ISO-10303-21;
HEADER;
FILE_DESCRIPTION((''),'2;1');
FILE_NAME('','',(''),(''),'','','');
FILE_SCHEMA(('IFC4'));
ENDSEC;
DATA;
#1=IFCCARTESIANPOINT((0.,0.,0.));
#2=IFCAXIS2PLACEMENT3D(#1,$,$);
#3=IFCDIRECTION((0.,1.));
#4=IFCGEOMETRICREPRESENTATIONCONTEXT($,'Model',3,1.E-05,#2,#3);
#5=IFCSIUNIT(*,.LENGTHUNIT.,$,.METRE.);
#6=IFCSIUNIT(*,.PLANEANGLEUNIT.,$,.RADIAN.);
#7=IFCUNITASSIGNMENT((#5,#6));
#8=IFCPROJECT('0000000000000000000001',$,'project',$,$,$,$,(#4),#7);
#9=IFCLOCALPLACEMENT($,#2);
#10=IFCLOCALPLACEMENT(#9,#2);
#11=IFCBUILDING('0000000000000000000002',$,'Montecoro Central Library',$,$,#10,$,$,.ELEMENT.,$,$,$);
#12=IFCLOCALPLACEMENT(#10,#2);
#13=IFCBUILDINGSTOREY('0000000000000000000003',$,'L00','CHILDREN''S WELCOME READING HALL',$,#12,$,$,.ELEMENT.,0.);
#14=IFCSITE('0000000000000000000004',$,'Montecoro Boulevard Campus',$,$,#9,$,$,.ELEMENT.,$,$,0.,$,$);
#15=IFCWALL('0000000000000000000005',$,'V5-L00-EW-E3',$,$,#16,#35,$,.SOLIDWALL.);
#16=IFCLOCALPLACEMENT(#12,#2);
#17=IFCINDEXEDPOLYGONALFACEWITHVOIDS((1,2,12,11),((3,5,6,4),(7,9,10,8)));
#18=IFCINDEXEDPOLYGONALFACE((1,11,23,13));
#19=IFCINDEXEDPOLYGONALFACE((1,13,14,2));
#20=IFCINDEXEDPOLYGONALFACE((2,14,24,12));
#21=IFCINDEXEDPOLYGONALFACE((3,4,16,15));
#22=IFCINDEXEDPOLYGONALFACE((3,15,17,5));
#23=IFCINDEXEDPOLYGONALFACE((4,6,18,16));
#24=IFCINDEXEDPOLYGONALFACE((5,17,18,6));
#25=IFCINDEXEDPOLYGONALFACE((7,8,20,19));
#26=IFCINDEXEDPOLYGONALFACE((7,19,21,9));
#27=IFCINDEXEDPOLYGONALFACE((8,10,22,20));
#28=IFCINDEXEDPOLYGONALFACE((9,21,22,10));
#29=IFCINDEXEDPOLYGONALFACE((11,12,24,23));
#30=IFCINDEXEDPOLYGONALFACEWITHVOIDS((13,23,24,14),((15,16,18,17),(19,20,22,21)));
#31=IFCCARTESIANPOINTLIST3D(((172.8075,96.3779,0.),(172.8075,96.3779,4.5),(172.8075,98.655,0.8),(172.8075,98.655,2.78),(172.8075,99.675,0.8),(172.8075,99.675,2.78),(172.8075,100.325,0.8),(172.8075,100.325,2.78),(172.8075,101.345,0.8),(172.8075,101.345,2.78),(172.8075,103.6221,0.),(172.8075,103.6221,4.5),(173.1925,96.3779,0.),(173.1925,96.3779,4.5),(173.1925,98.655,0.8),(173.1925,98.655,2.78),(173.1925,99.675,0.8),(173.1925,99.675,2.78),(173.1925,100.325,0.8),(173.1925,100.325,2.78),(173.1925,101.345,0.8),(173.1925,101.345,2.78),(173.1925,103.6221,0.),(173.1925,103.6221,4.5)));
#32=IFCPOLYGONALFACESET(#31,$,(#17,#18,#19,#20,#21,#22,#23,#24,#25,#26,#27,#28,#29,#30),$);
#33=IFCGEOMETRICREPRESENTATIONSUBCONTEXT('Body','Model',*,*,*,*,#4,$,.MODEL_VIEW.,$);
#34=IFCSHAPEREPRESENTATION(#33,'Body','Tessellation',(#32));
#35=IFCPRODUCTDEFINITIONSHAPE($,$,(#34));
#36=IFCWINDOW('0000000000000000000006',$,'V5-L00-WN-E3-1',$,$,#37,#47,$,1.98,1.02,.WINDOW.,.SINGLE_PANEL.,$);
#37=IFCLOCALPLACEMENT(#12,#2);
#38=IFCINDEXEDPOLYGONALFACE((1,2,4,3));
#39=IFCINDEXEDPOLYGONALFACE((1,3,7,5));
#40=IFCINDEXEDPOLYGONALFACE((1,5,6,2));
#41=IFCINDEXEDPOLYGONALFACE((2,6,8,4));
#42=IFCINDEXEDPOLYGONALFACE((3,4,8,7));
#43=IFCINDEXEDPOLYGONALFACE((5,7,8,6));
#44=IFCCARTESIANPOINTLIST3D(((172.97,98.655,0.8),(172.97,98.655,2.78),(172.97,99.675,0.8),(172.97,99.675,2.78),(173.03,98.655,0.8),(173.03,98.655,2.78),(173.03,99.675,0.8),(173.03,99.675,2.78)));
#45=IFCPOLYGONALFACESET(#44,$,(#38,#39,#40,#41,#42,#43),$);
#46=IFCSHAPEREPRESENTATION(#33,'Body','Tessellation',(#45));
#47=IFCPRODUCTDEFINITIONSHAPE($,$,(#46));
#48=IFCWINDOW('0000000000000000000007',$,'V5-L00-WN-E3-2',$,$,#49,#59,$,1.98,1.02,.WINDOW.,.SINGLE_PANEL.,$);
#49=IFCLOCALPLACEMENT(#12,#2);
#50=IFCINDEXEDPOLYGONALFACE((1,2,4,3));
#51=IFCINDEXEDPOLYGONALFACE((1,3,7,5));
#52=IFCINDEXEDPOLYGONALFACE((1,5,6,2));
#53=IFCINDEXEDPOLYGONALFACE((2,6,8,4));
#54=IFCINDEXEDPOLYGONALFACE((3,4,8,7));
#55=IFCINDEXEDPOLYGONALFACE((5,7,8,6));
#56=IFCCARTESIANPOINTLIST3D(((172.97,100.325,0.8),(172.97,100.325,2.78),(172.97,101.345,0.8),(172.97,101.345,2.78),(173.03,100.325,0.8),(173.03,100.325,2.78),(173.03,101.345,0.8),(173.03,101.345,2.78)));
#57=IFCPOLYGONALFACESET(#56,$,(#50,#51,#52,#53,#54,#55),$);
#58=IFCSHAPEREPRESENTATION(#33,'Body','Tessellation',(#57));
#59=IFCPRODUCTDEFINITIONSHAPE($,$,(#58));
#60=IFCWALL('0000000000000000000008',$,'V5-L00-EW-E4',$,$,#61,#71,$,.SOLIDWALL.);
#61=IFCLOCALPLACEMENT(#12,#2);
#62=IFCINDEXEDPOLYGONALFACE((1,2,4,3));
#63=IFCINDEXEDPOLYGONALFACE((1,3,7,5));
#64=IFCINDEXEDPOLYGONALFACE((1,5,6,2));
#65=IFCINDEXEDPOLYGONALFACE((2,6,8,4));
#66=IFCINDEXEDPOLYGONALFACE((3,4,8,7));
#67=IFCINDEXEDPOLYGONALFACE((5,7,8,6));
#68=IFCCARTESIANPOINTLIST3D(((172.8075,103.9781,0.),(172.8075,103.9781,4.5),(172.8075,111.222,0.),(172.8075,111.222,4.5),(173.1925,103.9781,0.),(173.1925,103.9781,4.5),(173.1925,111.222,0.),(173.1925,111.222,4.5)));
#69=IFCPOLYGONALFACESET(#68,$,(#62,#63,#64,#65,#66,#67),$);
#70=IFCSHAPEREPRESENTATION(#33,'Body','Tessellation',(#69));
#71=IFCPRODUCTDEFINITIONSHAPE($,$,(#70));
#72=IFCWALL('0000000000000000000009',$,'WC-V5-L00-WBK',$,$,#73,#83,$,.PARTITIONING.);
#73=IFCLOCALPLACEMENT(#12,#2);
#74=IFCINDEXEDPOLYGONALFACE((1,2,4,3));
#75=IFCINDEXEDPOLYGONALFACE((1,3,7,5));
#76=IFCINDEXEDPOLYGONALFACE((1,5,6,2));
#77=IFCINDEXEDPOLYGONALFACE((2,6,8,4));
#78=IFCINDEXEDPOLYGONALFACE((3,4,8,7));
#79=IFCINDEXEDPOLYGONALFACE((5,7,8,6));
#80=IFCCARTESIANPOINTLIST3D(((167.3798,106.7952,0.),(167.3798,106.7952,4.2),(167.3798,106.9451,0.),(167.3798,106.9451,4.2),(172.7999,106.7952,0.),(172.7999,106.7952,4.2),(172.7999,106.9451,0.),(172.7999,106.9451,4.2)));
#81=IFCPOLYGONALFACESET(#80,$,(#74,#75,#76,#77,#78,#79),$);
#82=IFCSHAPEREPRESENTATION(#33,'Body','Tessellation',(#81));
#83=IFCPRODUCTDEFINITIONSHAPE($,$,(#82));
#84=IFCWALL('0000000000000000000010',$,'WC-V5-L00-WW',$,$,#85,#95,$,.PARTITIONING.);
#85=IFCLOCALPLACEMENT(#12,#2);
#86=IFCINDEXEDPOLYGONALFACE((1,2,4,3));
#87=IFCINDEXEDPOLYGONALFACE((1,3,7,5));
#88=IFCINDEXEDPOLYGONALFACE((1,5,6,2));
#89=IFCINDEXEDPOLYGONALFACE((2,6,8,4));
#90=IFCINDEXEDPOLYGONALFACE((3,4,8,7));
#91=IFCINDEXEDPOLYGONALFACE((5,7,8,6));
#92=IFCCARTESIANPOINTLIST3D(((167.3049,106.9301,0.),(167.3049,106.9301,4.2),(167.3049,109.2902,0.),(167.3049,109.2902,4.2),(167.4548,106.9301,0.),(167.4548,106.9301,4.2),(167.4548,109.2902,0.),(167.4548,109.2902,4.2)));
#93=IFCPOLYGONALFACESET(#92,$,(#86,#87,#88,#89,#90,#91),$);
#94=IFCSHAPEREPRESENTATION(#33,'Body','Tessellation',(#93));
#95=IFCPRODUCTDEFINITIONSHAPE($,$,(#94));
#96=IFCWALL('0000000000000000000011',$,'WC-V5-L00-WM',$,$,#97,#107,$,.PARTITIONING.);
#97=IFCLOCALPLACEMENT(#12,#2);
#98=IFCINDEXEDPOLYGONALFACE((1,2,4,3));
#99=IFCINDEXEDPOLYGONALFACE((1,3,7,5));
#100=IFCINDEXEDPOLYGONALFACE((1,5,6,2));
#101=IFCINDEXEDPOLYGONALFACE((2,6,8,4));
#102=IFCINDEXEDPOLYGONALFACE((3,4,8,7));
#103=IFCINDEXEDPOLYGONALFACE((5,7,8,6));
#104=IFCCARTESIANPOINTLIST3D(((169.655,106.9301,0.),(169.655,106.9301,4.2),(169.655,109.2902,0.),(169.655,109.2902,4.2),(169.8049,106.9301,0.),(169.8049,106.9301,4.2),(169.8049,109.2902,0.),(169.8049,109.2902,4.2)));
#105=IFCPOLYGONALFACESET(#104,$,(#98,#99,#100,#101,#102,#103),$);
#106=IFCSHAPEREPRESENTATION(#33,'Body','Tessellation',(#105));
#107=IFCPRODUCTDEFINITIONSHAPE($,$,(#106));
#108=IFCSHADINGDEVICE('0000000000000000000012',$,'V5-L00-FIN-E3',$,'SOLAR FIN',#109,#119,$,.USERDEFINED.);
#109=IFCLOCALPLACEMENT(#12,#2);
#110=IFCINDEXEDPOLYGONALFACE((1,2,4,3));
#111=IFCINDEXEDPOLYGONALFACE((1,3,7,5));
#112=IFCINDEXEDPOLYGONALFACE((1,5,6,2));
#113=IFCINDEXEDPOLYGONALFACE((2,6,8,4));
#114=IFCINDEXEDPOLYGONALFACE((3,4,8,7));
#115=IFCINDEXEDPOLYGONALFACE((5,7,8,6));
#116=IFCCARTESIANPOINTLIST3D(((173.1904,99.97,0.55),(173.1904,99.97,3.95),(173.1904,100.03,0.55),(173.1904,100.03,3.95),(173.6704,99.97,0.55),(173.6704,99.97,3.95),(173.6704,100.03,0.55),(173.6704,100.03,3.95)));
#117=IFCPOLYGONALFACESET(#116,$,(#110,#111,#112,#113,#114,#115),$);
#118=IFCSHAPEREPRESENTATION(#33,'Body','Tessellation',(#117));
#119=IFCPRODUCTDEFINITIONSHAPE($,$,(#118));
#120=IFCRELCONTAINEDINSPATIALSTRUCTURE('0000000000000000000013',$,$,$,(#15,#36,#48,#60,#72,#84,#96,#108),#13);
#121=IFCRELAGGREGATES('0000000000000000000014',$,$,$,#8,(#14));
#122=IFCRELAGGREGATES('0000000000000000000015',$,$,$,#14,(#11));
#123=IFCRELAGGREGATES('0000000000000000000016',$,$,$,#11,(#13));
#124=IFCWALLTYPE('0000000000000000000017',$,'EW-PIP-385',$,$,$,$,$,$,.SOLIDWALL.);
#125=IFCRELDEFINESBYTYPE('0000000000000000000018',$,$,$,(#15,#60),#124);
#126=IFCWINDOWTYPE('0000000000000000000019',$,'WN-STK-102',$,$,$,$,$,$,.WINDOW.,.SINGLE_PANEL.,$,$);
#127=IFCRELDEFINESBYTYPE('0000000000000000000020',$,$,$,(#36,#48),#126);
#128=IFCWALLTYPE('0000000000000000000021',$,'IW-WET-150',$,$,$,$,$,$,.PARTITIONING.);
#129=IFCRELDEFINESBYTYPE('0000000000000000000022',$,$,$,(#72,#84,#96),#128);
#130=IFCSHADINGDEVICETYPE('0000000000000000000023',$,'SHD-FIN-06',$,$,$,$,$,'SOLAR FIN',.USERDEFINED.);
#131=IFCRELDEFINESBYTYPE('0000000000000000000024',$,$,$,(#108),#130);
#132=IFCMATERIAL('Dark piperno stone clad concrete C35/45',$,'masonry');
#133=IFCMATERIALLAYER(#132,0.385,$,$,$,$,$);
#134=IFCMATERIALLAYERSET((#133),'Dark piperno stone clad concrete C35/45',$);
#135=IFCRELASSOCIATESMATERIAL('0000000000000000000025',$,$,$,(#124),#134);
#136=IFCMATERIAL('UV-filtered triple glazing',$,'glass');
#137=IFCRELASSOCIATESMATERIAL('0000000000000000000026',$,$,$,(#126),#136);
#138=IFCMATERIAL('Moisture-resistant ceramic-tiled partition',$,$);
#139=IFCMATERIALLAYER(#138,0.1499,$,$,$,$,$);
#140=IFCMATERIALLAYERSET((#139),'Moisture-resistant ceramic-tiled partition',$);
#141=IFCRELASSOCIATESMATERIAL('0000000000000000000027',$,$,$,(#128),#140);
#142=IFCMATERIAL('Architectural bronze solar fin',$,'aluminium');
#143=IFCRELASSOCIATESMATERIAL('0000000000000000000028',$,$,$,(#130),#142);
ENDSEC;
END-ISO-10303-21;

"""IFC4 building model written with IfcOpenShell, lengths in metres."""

from ifc_helpers import new_model, si_unit, direction, frame, frame_2d, origin, origin_2d, place, context, subcontext, project, spatial, rectangle, extrude, material, layer, layer_set, type_object, element, fill, save


model = new_model("IFC4")

# Units and contexts
model_context = context("Model", 3, precision=1e-05, world=origin(), true_north=direction((0.0, 1.0)))
body_context = subcontext(model_context, "Body", "Model", "MODEL_VIEW")
ifc_project = project(units=[si_unit("LENGTHUNIT", "METRE"), si_unit("PLANEANGLEUNIT", "RADIAN")], contexts=[model_context])

# Site, building, storey
site_placement = place(None, origin())
site = spatial("IfcSite", under=ifc_project, at=site_placement, Name="Montecoro Boulevard Campus", CompositionType="ELEMENT", RefElevation=0.0)
building_placement = place(site_placement, origin())
building = spatial("IfcBuilding", under=site, at=building_placement, Name="Montecoro Central Library", CompositionType="ELEMENT")
storey_placement = place(building_placement, origin())
storey = spatial("IfcBuildingStorey", under=building, at=storey_placement, Name="L00", Description="CHILDREN'S WELCOME READING HALL", CompositionType="ELEMENT", Elevation=0.0)

# Shared definitions
ifc_material_1 = material(Name="Dark piperno stone clad concrete C35/45", Category="masonry")
ifc_layer_1 = layer(ifc_material_1, 0.385)
ifc_layer_set_1 = layer_set([ifc_layer_1], Name="Dark piperno stone clad concrete C35/45")
wall_type_1 = type_object("IfcWallType", Name="EW-PIP-385", PredefinedType="SOLIDWALL", material=ifc_layer_set_1)

# Wall, openings, windows
wall_1_placement = place(storey_placement, frame((173.0, 96.3779, 0.0), z_axis=(0.0, 0.0, 1.0), x_axis=(0.0, 1.0, 0.0)))
wall_1 = element("IfcWall", 1, at=wall_1_placement, inside=storey, type_object=wall_type_1, Name="V5-L00-EW-E3", PredefinedType="SOLIDWALL", context=body_context, shape_type="SweptSolid", body=[
    extrude(rectangle(XDim=7.2441, YDim=0.385, at=frame_2d((3.6221, 0.0))), origin(), (0.0, 0.0, 1.0), 4.5),
])
opening_1_placement = place(wall_1_placement, frame((2.2771, 0.0, 0.8)))
opening_1 = element("IfcOpeningElement", 2, at=opening_1_placement, cuts=wall_1, PredefinedType="OPENING", context=body_context, shape_type="SweptSolid", body=[
    extrude(rectangle(XDim=1.02, YDim=1.98, at=frame_2d((0.51, 0.99))), frame((0.0, 0.2024, 0.0), z_axis=(0.0, -1.0, 0.0), x_axis=(1.0, 0.0, 0.0)), (0.0, 0.0, 1.0), 0.405),
])
opening_2_placement = place(wall_1_placement, frame((3.947, 0.0, 0.8)))
opening_2 = element("IfcOpeningElement", 3, at=opening_2_placement, cuts=wall_1, PredefinedType="OPENING", context=body_context, shape_type="SweptSolid", body=[
    extrude(rectangle(XDim=1.02, YDim=1.98, at=frame_2d((0.51, 0.99))), frame((0.0, 0.2024, 0.0), z_axis=(0.0, -1.0, 0.0), x_axis=(1.0, 0.0, 0.0)), (0.0, 0.0, 1.0), 0.405),
])
ifc_material_2 = material(Name="UV-filtered triple glazing", Category="glass")
window_type = type_object("IfcWindowType", Name="WN-STK-102", PartitioningType="SINGLE_PANEL", PredefinedType="WINDOW", material=ifc_material_2)
window_1_placement = place(opening_1_placement, origin())
window_1 = element("IfcWindow", 4, at=window_1_placement, inside=storey, type_object=window_type, Name="V5-L00-WN-E3-1", OverallHeight=1.98, OverallWidth=1.02, PartitioningType="SINGLE_PANEL", PredefinedType="WINDOW", context=body_context, shape_type="SweptSolid", body=[
    extrude(rectangle(XDim=1.02, YDim=1.98, at=frame_2d((0.51, 0.99))), frame((0.0, 0.03, 0.0), z_axis=(0.0, -1.0, 0.0), x_axis=(1.0, 0.0, 0.0)), (0.0, 0.0, 1.0), 0.0601),
])
fill(opening_1, window_1)
window_2_placement = place(opening_2_placement, origin())
window_2 = element("IfcWindow", 5, at=window_2_placement, inside=storey, type_object=window_type, Name="V5-L00-WN-E3-2", OverallHeight=1.98, OverallWidth=1.02, PartitioningType="SINGLE_PANEL", PredefinedType="WINDOW", context=body_context, shape_type="SweptSolid", body=[
    extrude(rectangle(XDim=1.02, YDim=1.98, at=frame_2d((0.51, 0.99))), frame((0.0, 0.03, 0.0), z_axis=(0.0, -1.0, 0.0), x_axis=(1.0, 0.0, 0.0)), (0.0, 0.0, 1.0), 0.0601),
])
fill(opening_2, window_2)

# Walls
wall_2_placement = place(storey_placement, frame((173.0, 103.978, 0.0), z_axis=(0.0, 0.0, 1.0), x_axis=(0.0, 1.0, 0.0)))
element("IfcWall", 6, at=wall_2_placement, inside=storey, type_object=wall_type_1, Name="V5-L00-EW-E4", PredefinedType="SOLIDWALL", context=body_context, shape_type="SweptSolid", body=[
    extrude(rectangle(XDim=7.2439, YDim=0.385, at=frame_2d((3.6221, 0.0))), origin(), (0.0, 0.0, 1.0), 4.5),
])
ifc_material_3 = material(Name="Moisture-resistant ceramic-tiled partition")
ifc_layer_2 = layer(ifc_material_3, 0.1499)
ifc_layer_set_2 = layer_set([ifc_layer_2], Name="Moisture-resistant ceramic-tiled partition")
wall_type_2 = type_object("IfcWallType", Name="IW-WET-150", PredefinedType="PARTITIONING", material=ifc_layer_set_2)
wall_3_placement = place(storey_placement, frame((167.3799, 106.8701, 0.0), z_axis=(0.0, 0.0, 1.0), x_axis=(1.0, 0.0, 0.0)))
element("IfcWall", 7, at=wall_3_placement, inside=storey, type_object=wall_type_2, Name="WC-V5-L00-WBK", PredefinedType="PARTITIONING", context=body_context, shape_type="SweptSolid", body=[
    extrude(rectangle(XDim=5.4202, YDim=0.1499, at=frame_2d((2.71, 0.0))), origin(), (0.0, 0.0, 1.0), 4.2),
])
for number, where, z_axis, x_axis, name in (
    (8, (167.3799, 106.9299, 0.0), (0.0, 0.0, 1.0), (0.0, 1.0, 0.0), "WC-V5-L00-WW"),
    (9, (169.73, 106.9299, 0.0), (0.0, 0.0, 1.0), (0.0, 1.0, 0.0), "WC-V5-L00-WM"),
):
    element("IfcWall", number, at=place(storey_placement, frame(where, z_axis=z_axis, x_axis=x_axis)), inside=storey, type_object=wall_type_2, Name=name, PredefinedType="PARTITIONING", context=body_context, shape_type="SweptSolid", body=[
        extrude(rectangle(XDim=2.3601, YDim=0.1499, at=frame_2d((1.1802, 0.0))), origin(), (0.0, 0.0, 1.0), 4.2),
    ])

# Shading device
ifc_material_4 = material(Name="Architectural bronze solar fin", Category="aluminium")
shading_device_type = type_object("IfcShadingDeviceType", Name="SHD-FIN-06", ElementType="SOLAR FIN", PredefinedType="USERDEFINED", material=ifc_material_4)
shading_device_placement = place(storey_placement, frame((173.4304, 100.0, 0.55), z_axis=(0.0, 0.0, 1.0), x_axis=(0.0, 1.0, 0.0)))
element("IfcShadingDevice", 10, at=shading_device_placement, inside=storey, type_object=shading_device_type, Name="V5-L00-FIN-E3", ObjectType="SOLAR FIN", PredefinedType="USERDEFINED", context=body_context, shape_type="SweptSolid", body=[
    extrude(rectangle(XDim=0.0601, YDim=0.48, at=origin_2d()), origin(), (0.0, 0.0, 1.0), 3.3999),
])

save(model, "model.ifc")
